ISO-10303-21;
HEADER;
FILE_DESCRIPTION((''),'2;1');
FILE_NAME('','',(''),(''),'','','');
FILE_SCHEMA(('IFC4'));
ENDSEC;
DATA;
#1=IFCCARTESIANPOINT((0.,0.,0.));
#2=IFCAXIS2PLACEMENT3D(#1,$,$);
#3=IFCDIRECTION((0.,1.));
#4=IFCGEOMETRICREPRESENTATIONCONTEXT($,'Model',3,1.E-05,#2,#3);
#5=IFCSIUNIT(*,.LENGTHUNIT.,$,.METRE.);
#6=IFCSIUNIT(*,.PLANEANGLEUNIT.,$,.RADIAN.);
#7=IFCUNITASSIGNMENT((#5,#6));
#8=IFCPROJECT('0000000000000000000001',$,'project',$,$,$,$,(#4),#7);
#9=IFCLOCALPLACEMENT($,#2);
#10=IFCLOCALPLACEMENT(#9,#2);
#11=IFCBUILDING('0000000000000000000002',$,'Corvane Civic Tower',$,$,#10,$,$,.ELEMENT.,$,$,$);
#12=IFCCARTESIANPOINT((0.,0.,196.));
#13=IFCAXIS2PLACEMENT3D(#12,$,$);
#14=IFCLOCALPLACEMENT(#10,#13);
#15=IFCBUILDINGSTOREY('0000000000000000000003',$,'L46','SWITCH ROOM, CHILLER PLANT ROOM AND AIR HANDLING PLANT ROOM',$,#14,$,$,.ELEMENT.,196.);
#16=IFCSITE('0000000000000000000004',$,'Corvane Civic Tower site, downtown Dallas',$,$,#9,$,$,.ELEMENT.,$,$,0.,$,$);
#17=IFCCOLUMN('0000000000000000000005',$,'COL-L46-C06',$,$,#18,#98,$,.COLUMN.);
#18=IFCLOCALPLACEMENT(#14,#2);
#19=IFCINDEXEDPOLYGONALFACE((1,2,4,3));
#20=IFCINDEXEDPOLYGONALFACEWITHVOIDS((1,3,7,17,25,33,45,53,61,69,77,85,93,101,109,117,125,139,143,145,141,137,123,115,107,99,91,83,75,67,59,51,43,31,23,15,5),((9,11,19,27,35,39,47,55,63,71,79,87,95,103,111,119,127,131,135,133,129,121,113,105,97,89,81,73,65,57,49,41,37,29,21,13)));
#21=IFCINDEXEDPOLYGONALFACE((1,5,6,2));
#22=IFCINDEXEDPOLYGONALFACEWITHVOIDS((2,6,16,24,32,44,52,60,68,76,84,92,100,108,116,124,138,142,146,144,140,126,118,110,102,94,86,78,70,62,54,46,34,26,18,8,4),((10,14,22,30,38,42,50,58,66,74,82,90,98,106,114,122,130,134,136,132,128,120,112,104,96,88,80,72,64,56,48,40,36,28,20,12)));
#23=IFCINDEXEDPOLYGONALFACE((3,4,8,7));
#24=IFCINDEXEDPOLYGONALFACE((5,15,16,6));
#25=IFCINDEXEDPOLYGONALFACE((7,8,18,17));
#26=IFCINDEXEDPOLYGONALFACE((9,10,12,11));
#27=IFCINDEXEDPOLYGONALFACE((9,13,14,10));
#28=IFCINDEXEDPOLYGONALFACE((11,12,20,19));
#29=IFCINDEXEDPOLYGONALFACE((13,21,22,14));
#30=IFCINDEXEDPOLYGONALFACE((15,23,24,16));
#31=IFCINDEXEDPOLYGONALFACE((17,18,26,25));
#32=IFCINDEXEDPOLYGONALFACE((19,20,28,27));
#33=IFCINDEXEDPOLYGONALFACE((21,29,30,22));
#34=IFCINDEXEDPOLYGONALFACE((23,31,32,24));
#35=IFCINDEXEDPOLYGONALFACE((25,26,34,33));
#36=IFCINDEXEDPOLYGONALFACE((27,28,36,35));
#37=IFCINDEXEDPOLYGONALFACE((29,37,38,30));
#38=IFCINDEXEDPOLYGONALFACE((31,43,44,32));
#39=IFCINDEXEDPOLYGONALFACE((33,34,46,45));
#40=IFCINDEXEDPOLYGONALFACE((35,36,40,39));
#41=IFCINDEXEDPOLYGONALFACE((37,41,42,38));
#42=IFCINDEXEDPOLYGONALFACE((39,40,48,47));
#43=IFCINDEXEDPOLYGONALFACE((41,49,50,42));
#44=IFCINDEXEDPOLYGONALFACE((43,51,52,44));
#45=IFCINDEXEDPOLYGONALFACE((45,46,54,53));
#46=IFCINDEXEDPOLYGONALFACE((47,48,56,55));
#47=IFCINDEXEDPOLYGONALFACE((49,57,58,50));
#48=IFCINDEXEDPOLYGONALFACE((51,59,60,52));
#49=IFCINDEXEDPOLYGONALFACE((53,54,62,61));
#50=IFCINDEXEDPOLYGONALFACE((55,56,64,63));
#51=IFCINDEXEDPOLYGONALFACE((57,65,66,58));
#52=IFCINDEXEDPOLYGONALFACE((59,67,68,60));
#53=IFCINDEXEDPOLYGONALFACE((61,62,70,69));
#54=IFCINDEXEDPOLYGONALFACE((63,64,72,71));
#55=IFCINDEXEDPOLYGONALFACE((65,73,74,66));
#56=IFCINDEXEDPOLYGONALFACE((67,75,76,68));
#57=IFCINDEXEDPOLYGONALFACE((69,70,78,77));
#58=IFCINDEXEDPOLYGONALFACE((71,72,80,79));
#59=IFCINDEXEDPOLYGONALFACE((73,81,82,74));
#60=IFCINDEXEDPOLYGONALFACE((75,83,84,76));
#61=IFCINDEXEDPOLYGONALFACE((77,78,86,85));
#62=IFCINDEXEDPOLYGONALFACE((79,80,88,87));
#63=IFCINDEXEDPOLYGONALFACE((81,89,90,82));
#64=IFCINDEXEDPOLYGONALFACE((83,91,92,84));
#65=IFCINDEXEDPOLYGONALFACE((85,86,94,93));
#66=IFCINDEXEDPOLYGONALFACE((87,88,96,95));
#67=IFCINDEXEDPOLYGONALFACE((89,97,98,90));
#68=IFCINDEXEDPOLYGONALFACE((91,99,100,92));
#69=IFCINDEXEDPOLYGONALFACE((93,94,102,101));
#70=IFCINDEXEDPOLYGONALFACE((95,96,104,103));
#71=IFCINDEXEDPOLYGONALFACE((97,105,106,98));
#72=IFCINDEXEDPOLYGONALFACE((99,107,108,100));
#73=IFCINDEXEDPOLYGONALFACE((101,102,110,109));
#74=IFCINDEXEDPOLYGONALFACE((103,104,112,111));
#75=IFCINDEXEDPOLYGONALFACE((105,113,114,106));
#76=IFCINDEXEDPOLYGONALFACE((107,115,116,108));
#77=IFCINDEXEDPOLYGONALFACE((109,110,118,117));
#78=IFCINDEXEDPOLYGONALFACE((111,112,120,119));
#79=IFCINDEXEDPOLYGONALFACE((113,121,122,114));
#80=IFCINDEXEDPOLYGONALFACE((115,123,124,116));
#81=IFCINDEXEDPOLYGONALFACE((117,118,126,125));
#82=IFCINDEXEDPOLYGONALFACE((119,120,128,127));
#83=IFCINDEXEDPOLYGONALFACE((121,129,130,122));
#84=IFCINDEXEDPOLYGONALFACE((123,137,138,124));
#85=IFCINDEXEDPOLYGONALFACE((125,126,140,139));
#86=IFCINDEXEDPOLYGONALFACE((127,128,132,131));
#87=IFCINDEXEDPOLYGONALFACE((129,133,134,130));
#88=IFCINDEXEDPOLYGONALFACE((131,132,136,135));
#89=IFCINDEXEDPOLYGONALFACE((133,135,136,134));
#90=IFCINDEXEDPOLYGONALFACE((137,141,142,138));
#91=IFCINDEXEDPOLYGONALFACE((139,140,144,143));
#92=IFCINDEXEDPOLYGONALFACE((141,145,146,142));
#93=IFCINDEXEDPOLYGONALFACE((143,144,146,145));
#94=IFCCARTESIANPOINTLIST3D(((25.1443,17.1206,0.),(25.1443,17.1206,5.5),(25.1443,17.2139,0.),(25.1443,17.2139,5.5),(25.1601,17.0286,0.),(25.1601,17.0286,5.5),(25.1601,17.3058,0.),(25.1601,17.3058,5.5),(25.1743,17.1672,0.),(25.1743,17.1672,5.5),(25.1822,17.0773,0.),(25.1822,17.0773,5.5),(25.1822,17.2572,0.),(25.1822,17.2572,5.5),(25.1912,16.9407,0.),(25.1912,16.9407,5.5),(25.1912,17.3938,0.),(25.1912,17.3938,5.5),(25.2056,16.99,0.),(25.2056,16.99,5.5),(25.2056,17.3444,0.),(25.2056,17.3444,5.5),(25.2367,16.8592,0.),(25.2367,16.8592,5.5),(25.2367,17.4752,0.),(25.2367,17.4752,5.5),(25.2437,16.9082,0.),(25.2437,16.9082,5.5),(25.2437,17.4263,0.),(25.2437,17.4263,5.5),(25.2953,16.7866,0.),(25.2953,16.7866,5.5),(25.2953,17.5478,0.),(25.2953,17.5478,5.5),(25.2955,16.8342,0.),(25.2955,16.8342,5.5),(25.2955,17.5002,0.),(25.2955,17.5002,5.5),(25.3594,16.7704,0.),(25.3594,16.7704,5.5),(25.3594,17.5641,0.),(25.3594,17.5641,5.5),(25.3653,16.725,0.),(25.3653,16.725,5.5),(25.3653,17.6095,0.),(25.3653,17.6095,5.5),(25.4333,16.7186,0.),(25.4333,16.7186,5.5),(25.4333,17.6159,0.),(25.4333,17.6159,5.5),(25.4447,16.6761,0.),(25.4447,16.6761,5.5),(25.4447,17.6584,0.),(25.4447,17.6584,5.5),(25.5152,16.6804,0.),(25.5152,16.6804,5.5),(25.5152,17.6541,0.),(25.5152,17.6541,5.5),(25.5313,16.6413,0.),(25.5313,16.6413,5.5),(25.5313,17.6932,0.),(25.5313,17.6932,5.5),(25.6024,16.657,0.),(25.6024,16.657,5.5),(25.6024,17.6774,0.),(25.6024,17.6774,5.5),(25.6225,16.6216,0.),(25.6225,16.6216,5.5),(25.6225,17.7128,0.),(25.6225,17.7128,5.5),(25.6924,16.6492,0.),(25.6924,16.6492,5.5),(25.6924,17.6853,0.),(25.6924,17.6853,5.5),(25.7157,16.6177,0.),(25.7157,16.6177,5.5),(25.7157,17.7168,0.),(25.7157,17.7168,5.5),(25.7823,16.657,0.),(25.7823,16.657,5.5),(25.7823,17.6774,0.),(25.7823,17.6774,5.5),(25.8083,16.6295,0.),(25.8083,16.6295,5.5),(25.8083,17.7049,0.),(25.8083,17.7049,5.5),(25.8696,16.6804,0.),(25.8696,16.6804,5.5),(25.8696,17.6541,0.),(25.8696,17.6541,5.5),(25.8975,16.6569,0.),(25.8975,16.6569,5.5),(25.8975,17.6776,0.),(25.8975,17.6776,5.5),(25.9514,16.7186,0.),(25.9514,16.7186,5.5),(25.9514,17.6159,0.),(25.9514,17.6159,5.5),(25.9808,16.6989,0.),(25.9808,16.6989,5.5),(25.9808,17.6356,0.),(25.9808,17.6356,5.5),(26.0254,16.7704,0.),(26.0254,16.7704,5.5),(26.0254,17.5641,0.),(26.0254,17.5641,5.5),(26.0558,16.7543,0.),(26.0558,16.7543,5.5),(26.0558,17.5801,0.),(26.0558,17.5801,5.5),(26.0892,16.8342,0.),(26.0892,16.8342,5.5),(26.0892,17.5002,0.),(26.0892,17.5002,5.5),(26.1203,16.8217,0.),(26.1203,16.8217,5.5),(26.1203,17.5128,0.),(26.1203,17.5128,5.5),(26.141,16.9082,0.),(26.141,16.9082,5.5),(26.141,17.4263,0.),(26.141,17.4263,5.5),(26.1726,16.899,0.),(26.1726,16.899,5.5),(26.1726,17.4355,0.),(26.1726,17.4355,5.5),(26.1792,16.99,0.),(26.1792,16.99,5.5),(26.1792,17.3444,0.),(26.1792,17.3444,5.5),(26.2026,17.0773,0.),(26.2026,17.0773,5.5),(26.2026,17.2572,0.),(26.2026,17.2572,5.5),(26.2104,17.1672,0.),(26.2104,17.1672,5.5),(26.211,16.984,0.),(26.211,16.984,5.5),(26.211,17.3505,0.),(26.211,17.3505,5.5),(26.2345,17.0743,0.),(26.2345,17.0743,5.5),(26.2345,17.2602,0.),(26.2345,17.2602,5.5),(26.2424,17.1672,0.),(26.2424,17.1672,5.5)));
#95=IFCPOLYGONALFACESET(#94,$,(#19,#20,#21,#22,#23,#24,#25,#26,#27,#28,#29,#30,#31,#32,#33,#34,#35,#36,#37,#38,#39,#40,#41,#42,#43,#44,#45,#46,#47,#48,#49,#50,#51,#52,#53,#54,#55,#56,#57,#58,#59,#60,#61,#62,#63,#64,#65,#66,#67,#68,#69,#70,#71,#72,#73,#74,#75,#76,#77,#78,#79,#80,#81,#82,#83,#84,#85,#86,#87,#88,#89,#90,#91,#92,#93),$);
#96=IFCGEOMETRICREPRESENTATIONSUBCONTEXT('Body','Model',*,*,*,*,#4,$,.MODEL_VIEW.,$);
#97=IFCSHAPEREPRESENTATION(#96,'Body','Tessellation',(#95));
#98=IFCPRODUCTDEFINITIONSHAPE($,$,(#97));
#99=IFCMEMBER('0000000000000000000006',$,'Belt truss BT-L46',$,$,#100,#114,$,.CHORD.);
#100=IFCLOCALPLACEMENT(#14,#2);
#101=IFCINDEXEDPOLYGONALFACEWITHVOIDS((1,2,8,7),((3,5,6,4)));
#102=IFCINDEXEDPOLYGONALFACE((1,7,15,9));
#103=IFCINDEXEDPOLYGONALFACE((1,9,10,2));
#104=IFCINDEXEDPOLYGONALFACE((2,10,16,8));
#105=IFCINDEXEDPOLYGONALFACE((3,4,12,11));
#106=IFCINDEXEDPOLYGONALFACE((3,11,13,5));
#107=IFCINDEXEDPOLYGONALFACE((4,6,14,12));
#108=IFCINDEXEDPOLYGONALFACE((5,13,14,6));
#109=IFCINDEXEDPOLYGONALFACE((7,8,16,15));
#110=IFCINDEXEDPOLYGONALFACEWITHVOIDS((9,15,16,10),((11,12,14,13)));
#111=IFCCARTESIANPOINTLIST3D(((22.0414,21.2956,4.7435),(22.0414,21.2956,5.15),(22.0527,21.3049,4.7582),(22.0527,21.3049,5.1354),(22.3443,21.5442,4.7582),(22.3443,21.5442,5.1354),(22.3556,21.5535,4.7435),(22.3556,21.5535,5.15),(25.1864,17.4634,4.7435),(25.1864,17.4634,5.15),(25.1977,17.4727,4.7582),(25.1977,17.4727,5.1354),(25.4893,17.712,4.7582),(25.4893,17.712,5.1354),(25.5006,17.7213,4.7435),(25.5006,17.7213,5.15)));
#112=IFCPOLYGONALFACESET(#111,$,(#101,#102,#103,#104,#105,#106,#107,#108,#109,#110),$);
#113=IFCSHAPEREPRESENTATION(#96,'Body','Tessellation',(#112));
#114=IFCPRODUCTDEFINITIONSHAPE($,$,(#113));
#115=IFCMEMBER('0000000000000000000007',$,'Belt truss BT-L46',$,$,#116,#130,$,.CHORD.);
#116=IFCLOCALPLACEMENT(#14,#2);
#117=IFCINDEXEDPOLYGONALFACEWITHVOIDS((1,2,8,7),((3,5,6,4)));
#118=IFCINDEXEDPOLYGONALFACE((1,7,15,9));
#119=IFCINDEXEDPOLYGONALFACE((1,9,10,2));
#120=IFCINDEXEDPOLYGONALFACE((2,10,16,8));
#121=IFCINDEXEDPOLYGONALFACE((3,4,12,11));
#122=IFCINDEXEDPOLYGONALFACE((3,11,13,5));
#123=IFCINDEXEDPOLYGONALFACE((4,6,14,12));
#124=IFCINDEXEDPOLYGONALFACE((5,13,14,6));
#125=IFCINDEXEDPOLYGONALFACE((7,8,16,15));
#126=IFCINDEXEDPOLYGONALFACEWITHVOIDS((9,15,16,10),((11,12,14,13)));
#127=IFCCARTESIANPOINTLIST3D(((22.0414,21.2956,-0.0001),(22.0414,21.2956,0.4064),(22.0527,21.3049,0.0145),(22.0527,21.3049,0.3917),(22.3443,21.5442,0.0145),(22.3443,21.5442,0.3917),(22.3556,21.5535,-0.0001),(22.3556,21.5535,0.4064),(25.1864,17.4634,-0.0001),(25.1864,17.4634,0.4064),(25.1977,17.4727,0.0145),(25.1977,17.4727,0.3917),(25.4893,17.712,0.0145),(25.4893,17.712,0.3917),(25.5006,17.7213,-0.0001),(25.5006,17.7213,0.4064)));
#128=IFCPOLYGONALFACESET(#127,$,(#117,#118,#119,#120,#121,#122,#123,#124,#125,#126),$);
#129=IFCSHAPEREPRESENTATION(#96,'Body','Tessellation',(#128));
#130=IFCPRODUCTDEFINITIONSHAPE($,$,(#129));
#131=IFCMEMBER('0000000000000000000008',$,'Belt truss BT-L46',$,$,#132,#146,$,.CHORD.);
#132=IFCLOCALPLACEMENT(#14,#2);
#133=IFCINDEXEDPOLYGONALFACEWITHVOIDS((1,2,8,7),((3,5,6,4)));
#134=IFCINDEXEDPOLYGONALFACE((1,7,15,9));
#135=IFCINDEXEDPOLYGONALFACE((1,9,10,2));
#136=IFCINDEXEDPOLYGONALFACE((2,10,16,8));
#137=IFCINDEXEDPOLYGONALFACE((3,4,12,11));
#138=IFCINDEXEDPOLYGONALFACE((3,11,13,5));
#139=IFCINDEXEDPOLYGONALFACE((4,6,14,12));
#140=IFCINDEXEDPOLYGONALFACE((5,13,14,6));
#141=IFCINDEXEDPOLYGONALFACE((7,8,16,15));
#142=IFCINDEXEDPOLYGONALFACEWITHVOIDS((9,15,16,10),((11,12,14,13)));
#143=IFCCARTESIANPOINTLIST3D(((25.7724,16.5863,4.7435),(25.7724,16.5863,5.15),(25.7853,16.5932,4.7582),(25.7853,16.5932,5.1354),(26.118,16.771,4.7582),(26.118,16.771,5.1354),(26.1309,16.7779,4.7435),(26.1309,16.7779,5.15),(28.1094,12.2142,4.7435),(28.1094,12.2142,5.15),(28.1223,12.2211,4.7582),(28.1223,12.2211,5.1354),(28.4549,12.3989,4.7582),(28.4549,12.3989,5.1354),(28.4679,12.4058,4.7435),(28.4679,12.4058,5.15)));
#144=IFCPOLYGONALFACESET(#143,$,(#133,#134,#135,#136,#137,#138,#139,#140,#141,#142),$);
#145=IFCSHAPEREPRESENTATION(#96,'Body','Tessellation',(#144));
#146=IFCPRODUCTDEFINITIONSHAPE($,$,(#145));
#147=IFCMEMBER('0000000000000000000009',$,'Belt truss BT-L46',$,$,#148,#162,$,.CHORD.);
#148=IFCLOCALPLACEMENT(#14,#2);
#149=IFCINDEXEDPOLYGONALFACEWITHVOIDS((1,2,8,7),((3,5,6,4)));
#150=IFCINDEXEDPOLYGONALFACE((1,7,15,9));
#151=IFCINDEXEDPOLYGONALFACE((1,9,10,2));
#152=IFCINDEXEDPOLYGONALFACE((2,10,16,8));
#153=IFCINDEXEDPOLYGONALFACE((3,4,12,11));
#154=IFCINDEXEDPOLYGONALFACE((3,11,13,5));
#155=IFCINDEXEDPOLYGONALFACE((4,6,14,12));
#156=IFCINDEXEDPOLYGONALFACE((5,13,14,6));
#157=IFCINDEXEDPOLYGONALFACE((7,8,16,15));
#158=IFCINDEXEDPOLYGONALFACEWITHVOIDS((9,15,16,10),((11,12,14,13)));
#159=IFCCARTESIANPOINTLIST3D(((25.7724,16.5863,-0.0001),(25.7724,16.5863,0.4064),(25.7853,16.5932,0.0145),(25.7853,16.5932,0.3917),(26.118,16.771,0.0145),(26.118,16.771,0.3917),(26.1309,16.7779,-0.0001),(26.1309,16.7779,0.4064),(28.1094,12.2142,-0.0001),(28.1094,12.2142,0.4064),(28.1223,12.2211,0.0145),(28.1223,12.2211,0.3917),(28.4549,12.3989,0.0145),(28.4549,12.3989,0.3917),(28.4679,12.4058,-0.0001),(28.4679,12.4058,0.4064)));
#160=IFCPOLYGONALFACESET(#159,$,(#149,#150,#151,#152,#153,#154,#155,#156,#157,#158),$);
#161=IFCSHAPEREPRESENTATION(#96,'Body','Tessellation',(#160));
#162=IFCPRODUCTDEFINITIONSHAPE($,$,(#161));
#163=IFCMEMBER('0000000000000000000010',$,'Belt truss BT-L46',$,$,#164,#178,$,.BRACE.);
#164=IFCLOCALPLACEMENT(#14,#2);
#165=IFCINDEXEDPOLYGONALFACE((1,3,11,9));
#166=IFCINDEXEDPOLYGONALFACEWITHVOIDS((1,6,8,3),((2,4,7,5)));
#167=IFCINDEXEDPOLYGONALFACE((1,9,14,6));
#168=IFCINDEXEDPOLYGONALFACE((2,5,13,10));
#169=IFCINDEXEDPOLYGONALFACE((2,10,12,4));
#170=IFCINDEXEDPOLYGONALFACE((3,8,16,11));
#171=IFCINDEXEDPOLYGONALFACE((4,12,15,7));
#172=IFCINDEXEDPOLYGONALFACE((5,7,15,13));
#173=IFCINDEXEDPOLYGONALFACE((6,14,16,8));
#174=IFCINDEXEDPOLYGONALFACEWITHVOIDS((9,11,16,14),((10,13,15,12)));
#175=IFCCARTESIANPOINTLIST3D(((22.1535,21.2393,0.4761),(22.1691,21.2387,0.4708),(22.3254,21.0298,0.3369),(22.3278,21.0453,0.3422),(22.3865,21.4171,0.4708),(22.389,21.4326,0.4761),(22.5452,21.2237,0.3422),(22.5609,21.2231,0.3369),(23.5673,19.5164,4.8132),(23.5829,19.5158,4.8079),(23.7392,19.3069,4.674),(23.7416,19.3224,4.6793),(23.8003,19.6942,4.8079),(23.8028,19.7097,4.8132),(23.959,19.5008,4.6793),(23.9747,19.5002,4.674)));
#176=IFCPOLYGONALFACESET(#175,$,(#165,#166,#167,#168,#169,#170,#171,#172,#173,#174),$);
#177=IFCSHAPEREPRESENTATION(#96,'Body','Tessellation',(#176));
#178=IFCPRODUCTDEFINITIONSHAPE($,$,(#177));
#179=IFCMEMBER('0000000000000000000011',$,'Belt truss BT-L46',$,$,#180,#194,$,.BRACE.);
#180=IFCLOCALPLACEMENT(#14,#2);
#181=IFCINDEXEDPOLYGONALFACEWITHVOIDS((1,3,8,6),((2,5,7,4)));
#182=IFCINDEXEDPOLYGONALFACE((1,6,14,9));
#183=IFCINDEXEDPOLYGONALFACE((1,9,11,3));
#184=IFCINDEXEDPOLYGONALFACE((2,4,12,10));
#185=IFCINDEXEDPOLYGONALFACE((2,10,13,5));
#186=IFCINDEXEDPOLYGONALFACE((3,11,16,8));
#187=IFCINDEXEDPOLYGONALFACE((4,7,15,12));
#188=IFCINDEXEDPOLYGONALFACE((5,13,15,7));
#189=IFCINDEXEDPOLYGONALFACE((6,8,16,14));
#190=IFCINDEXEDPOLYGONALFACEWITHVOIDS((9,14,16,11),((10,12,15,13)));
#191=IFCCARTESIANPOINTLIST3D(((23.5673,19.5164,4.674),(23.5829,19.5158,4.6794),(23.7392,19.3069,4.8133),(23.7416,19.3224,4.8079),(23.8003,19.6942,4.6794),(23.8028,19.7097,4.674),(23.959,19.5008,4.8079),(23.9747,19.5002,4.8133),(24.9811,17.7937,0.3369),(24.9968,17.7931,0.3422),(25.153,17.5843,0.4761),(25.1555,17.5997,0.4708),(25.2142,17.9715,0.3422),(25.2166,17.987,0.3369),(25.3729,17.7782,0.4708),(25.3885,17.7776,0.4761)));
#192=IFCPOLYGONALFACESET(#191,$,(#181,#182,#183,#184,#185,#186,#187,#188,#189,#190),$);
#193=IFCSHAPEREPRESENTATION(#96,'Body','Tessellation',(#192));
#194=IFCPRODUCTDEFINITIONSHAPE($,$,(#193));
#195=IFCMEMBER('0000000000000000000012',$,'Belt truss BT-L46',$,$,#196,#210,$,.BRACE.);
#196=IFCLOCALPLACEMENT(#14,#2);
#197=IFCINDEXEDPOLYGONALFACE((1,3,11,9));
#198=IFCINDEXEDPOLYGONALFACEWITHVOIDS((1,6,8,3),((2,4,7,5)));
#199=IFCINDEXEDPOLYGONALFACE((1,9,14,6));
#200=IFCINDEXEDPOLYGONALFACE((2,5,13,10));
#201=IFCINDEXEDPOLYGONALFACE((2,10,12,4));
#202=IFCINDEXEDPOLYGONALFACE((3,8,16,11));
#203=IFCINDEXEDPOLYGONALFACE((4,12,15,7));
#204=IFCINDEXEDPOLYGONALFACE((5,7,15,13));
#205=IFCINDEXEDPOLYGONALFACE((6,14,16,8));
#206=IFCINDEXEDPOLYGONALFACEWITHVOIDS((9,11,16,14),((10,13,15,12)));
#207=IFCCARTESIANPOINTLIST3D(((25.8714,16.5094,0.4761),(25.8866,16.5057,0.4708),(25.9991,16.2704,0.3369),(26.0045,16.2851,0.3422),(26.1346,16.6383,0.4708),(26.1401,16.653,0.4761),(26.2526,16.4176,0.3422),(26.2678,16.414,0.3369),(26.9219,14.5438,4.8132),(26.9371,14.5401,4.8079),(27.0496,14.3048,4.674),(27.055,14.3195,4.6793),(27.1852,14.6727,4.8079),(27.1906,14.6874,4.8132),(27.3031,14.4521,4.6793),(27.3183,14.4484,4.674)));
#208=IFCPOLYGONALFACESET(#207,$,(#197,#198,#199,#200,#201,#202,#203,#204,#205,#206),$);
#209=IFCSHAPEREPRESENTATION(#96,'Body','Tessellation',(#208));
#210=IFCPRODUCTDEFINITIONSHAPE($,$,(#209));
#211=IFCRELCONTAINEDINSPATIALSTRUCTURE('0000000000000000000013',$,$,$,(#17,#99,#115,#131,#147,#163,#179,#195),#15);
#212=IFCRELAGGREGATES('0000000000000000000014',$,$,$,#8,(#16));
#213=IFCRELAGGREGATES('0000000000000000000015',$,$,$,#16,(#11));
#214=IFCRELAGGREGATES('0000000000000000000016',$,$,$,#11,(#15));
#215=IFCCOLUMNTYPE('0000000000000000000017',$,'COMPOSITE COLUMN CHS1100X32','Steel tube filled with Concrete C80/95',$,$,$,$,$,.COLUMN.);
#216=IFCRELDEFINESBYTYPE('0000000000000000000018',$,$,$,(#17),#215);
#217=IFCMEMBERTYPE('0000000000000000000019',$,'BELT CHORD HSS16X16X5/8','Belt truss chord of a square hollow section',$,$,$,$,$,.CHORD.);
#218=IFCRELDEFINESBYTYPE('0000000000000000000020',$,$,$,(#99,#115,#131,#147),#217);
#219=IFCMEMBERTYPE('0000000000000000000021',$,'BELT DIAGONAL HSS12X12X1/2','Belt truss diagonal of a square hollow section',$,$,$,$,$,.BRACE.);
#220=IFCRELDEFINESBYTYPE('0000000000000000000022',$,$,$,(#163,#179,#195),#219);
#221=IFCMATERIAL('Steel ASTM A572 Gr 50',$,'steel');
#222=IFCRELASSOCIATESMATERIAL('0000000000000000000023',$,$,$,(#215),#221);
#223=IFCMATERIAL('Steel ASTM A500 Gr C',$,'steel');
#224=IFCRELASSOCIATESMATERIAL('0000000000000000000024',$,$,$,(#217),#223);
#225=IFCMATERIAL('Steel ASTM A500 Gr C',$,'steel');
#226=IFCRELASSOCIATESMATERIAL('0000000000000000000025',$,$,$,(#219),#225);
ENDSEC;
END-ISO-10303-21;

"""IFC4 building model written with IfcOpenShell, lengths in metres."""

from ifc_helpers import new_model, si_unit, direction, frame, origin, origin_2d, place, context, subcontext, project, spatial, hollow_rectangle, hollow_circle, extrude, material, material_profile, profile_set, type_object, element, save


model = new_model("IFC4")

# Units and contexts
model_context = context("Model", 3, precision=1e-05, world=origin(), true_north=direction((0.0, 1.0)))
body_context = subcontext(model_context, "Body", "Model", "MODEL_VIEW")
ifc_project = project(units=[si_unit("LENGTHUNIT", "METRE"), si_unit("PLANEANGLEUNIT", "RADIAN")], contexts=[model_context])

# Site, building, storey
site_placement = place(None, origin())
site = spatial("IfcSite", under=ifc_project, at=site_placement, Name="Corvane Civic Tower site, downtown Dallas", CompositionType="ELEMENT", RefElevation=0.0)
building_placement = place(site_placement, origin())
building = spatial("IfcBuilding", under=site, at=building_placement, Name="Corvane Civic Tower", CompositionType="ELEMENT")
storey_placement = place(building_placement, frame((0.0, 0.0, 196.0)))
storey = spatial("IfcBuildingStorey", under=building, at=storey_placement, Name="L46", Description="SWITCH ROOM, CHILLER PLANT ROOM AND AIR HANDLING PLANT ROOM", CompositionType="ELEMENT", Elevation=196.0)

# Column
ifc_material_1 = material(Name="Steel ASTM A572 Gr 50", Category="steel")
ifc_material_profile_1 = material_profile(ifc_material_1, hollow_circle(Radius=0.55, WallThickness=0.032, at=origin_2d()), Name="CHS1100X32")
ifc_profile_set_1 = profile_set([ifc_material_profile_1], Name="Steel ASTM A572 Gr 50")
column_type = type_object("IfcColumnType", Name="COMPOSITE COLUMN CHS1100X32", Description="Steel tube filled with Concrete C80/95", PredefinedType="COLUMN", material=ifc_profile_set_1)
column_placement = place(storey_placement, frame((25.6924, 17.1672, 0.0), z_axis=(0.0, 0.0, 1.0), x_axis=(1.0, 0.0, 0.0)))
element("IfcColumn", 1, at=column_placement, inside=storey, type_object=column_type, Name="COL-L46-C06", PredefinedType="COLUMN", context=body_context, shape_type="SweptSolid", body=[
    extrude(hollow_circle(Radius=0.55, WallThickness=0.032, at=origin_2d()), origin(), (0.0, 0.0, 1.0), 5.5),
])

# Members
ifc_material_2 = material(Name="Steel ASTM A500 Gr C", Category="steel")
ifc_material_profile_2 = material_profile(ifc_material_2, hollow_rectangle(XDim=0.4065, YDim=0.4065, WallThickness=0.0146, at=origin_2d()), Name="HSS16X16X5/8")
ifc_profile_set_2 = profile_set([ifc_material_profile_2], Name="Steel ASTM A500 Gr C")
member_type_1 = type_object("IfcMemberType", Name="BELT CHORD HSS16X16X5/8", Description="Belt truss chord of a square hollow section", PredefinedType="CHORD", material=ifc_profile_set_2)
for number, where, z_axis, x_axis, name in (
    (2, (22.1985, 21.4246, 4.9468), (0.634388, -0.773015, 0.0), (0.773015, 0.634388, 0.0), "Belt truss BT-L46"),
    (3, (22.1985, 21.4246, 0.2031), (0.634388, -0.773015, 0.0), (0.773015, 0.634388, 0.0), "Belt truss BT-L46"),
    (4, (25.9517, 16.6821, 4.9468), (0.471396, -0.881922, 0.0), (0.881922, 0.471396, 0.0), "Belt truss BT-L46"),
    (5, (25.9517, 16.6821, 0.2031), (0.471396, -0.881922, 0.0), (0.881922, 0.471396, 0.0), "Belt truss BT-L46"),
):
    element("IfcMember", number, at=place(storey_placement, frame(where, z_axis=z_axis, x_axis=x_axis)), inside=storey, type_object=member_type_1, Name=name, PredefinedType="CHORD", context=body_context, shape_type="SweptSolid", body=[
        extrude(hollow_rectangle(XDim=0.4065, YDim=0.4065, WallThickness=0.0146, at=origin_2d()), origin(), (0.0, 0.0, 1.0), 4.9575),
    ])
ifc_material_3 = material(Name="Steel ASTM A500 Gr C", Category="steel")
ifc_material_profile_3 = material_profile(ifc_material_3, hollow_rectangle(XDim=0.3047, YDim=0.3047, WallThickness=0.0117, at=origin_2d()), Name="HSS12X12X1/2")
ifc_profile_set_3 = profile_set([ifc_material_profile_3], Name="Steel ASTM A500 Gr C")
member_type_2 = type_object("IfcMemberType", Name="BELT DIAGONAL HSS12X12X1/2", Description="Belt truss diagonal of a square hollow section", PredefinedType="BRACE", material=ifc_profile_set_3)
for number, where, z_axis, x_axis, name in (
    (6, (22.3572, 21.2312, 0.4065), (0.289937, -0.353322, 0.889438), (0.773039, 0.634359, 0.0), "Belt truss BT-L46"),
    (7, (25.1848, 17.7856, 0.4065), (-0.289942, 0.353278, 0.889454), (-0.772995, -0.634412, 0.0), "Belt truss BT-L46"),
    (8, (26.0696, 16.4617, 0.4065), (0.215438, -0.40309, 0.889441), (0.881937, 0.471367, 0.0), "Belt truss BT-L46"),
):
    element("IfcMember", number, at=place(storey_placement, frame(where, z_axis=z_axis, x_axis=x_axis)), inside=storey, type_object=member_type_2, Name=name, PredefinedType="BRACE", context=body_context, shape_type="SweptSolid", body=[
        extrude(hollow_rectangle(XDim=0.3047, YDim=0.3047, WallThickness=0.0117, at=origin_2d()), origin(), (0.0, 0.0, 1.0), 4.8762),
    ])

save(model, "model.ifc")
